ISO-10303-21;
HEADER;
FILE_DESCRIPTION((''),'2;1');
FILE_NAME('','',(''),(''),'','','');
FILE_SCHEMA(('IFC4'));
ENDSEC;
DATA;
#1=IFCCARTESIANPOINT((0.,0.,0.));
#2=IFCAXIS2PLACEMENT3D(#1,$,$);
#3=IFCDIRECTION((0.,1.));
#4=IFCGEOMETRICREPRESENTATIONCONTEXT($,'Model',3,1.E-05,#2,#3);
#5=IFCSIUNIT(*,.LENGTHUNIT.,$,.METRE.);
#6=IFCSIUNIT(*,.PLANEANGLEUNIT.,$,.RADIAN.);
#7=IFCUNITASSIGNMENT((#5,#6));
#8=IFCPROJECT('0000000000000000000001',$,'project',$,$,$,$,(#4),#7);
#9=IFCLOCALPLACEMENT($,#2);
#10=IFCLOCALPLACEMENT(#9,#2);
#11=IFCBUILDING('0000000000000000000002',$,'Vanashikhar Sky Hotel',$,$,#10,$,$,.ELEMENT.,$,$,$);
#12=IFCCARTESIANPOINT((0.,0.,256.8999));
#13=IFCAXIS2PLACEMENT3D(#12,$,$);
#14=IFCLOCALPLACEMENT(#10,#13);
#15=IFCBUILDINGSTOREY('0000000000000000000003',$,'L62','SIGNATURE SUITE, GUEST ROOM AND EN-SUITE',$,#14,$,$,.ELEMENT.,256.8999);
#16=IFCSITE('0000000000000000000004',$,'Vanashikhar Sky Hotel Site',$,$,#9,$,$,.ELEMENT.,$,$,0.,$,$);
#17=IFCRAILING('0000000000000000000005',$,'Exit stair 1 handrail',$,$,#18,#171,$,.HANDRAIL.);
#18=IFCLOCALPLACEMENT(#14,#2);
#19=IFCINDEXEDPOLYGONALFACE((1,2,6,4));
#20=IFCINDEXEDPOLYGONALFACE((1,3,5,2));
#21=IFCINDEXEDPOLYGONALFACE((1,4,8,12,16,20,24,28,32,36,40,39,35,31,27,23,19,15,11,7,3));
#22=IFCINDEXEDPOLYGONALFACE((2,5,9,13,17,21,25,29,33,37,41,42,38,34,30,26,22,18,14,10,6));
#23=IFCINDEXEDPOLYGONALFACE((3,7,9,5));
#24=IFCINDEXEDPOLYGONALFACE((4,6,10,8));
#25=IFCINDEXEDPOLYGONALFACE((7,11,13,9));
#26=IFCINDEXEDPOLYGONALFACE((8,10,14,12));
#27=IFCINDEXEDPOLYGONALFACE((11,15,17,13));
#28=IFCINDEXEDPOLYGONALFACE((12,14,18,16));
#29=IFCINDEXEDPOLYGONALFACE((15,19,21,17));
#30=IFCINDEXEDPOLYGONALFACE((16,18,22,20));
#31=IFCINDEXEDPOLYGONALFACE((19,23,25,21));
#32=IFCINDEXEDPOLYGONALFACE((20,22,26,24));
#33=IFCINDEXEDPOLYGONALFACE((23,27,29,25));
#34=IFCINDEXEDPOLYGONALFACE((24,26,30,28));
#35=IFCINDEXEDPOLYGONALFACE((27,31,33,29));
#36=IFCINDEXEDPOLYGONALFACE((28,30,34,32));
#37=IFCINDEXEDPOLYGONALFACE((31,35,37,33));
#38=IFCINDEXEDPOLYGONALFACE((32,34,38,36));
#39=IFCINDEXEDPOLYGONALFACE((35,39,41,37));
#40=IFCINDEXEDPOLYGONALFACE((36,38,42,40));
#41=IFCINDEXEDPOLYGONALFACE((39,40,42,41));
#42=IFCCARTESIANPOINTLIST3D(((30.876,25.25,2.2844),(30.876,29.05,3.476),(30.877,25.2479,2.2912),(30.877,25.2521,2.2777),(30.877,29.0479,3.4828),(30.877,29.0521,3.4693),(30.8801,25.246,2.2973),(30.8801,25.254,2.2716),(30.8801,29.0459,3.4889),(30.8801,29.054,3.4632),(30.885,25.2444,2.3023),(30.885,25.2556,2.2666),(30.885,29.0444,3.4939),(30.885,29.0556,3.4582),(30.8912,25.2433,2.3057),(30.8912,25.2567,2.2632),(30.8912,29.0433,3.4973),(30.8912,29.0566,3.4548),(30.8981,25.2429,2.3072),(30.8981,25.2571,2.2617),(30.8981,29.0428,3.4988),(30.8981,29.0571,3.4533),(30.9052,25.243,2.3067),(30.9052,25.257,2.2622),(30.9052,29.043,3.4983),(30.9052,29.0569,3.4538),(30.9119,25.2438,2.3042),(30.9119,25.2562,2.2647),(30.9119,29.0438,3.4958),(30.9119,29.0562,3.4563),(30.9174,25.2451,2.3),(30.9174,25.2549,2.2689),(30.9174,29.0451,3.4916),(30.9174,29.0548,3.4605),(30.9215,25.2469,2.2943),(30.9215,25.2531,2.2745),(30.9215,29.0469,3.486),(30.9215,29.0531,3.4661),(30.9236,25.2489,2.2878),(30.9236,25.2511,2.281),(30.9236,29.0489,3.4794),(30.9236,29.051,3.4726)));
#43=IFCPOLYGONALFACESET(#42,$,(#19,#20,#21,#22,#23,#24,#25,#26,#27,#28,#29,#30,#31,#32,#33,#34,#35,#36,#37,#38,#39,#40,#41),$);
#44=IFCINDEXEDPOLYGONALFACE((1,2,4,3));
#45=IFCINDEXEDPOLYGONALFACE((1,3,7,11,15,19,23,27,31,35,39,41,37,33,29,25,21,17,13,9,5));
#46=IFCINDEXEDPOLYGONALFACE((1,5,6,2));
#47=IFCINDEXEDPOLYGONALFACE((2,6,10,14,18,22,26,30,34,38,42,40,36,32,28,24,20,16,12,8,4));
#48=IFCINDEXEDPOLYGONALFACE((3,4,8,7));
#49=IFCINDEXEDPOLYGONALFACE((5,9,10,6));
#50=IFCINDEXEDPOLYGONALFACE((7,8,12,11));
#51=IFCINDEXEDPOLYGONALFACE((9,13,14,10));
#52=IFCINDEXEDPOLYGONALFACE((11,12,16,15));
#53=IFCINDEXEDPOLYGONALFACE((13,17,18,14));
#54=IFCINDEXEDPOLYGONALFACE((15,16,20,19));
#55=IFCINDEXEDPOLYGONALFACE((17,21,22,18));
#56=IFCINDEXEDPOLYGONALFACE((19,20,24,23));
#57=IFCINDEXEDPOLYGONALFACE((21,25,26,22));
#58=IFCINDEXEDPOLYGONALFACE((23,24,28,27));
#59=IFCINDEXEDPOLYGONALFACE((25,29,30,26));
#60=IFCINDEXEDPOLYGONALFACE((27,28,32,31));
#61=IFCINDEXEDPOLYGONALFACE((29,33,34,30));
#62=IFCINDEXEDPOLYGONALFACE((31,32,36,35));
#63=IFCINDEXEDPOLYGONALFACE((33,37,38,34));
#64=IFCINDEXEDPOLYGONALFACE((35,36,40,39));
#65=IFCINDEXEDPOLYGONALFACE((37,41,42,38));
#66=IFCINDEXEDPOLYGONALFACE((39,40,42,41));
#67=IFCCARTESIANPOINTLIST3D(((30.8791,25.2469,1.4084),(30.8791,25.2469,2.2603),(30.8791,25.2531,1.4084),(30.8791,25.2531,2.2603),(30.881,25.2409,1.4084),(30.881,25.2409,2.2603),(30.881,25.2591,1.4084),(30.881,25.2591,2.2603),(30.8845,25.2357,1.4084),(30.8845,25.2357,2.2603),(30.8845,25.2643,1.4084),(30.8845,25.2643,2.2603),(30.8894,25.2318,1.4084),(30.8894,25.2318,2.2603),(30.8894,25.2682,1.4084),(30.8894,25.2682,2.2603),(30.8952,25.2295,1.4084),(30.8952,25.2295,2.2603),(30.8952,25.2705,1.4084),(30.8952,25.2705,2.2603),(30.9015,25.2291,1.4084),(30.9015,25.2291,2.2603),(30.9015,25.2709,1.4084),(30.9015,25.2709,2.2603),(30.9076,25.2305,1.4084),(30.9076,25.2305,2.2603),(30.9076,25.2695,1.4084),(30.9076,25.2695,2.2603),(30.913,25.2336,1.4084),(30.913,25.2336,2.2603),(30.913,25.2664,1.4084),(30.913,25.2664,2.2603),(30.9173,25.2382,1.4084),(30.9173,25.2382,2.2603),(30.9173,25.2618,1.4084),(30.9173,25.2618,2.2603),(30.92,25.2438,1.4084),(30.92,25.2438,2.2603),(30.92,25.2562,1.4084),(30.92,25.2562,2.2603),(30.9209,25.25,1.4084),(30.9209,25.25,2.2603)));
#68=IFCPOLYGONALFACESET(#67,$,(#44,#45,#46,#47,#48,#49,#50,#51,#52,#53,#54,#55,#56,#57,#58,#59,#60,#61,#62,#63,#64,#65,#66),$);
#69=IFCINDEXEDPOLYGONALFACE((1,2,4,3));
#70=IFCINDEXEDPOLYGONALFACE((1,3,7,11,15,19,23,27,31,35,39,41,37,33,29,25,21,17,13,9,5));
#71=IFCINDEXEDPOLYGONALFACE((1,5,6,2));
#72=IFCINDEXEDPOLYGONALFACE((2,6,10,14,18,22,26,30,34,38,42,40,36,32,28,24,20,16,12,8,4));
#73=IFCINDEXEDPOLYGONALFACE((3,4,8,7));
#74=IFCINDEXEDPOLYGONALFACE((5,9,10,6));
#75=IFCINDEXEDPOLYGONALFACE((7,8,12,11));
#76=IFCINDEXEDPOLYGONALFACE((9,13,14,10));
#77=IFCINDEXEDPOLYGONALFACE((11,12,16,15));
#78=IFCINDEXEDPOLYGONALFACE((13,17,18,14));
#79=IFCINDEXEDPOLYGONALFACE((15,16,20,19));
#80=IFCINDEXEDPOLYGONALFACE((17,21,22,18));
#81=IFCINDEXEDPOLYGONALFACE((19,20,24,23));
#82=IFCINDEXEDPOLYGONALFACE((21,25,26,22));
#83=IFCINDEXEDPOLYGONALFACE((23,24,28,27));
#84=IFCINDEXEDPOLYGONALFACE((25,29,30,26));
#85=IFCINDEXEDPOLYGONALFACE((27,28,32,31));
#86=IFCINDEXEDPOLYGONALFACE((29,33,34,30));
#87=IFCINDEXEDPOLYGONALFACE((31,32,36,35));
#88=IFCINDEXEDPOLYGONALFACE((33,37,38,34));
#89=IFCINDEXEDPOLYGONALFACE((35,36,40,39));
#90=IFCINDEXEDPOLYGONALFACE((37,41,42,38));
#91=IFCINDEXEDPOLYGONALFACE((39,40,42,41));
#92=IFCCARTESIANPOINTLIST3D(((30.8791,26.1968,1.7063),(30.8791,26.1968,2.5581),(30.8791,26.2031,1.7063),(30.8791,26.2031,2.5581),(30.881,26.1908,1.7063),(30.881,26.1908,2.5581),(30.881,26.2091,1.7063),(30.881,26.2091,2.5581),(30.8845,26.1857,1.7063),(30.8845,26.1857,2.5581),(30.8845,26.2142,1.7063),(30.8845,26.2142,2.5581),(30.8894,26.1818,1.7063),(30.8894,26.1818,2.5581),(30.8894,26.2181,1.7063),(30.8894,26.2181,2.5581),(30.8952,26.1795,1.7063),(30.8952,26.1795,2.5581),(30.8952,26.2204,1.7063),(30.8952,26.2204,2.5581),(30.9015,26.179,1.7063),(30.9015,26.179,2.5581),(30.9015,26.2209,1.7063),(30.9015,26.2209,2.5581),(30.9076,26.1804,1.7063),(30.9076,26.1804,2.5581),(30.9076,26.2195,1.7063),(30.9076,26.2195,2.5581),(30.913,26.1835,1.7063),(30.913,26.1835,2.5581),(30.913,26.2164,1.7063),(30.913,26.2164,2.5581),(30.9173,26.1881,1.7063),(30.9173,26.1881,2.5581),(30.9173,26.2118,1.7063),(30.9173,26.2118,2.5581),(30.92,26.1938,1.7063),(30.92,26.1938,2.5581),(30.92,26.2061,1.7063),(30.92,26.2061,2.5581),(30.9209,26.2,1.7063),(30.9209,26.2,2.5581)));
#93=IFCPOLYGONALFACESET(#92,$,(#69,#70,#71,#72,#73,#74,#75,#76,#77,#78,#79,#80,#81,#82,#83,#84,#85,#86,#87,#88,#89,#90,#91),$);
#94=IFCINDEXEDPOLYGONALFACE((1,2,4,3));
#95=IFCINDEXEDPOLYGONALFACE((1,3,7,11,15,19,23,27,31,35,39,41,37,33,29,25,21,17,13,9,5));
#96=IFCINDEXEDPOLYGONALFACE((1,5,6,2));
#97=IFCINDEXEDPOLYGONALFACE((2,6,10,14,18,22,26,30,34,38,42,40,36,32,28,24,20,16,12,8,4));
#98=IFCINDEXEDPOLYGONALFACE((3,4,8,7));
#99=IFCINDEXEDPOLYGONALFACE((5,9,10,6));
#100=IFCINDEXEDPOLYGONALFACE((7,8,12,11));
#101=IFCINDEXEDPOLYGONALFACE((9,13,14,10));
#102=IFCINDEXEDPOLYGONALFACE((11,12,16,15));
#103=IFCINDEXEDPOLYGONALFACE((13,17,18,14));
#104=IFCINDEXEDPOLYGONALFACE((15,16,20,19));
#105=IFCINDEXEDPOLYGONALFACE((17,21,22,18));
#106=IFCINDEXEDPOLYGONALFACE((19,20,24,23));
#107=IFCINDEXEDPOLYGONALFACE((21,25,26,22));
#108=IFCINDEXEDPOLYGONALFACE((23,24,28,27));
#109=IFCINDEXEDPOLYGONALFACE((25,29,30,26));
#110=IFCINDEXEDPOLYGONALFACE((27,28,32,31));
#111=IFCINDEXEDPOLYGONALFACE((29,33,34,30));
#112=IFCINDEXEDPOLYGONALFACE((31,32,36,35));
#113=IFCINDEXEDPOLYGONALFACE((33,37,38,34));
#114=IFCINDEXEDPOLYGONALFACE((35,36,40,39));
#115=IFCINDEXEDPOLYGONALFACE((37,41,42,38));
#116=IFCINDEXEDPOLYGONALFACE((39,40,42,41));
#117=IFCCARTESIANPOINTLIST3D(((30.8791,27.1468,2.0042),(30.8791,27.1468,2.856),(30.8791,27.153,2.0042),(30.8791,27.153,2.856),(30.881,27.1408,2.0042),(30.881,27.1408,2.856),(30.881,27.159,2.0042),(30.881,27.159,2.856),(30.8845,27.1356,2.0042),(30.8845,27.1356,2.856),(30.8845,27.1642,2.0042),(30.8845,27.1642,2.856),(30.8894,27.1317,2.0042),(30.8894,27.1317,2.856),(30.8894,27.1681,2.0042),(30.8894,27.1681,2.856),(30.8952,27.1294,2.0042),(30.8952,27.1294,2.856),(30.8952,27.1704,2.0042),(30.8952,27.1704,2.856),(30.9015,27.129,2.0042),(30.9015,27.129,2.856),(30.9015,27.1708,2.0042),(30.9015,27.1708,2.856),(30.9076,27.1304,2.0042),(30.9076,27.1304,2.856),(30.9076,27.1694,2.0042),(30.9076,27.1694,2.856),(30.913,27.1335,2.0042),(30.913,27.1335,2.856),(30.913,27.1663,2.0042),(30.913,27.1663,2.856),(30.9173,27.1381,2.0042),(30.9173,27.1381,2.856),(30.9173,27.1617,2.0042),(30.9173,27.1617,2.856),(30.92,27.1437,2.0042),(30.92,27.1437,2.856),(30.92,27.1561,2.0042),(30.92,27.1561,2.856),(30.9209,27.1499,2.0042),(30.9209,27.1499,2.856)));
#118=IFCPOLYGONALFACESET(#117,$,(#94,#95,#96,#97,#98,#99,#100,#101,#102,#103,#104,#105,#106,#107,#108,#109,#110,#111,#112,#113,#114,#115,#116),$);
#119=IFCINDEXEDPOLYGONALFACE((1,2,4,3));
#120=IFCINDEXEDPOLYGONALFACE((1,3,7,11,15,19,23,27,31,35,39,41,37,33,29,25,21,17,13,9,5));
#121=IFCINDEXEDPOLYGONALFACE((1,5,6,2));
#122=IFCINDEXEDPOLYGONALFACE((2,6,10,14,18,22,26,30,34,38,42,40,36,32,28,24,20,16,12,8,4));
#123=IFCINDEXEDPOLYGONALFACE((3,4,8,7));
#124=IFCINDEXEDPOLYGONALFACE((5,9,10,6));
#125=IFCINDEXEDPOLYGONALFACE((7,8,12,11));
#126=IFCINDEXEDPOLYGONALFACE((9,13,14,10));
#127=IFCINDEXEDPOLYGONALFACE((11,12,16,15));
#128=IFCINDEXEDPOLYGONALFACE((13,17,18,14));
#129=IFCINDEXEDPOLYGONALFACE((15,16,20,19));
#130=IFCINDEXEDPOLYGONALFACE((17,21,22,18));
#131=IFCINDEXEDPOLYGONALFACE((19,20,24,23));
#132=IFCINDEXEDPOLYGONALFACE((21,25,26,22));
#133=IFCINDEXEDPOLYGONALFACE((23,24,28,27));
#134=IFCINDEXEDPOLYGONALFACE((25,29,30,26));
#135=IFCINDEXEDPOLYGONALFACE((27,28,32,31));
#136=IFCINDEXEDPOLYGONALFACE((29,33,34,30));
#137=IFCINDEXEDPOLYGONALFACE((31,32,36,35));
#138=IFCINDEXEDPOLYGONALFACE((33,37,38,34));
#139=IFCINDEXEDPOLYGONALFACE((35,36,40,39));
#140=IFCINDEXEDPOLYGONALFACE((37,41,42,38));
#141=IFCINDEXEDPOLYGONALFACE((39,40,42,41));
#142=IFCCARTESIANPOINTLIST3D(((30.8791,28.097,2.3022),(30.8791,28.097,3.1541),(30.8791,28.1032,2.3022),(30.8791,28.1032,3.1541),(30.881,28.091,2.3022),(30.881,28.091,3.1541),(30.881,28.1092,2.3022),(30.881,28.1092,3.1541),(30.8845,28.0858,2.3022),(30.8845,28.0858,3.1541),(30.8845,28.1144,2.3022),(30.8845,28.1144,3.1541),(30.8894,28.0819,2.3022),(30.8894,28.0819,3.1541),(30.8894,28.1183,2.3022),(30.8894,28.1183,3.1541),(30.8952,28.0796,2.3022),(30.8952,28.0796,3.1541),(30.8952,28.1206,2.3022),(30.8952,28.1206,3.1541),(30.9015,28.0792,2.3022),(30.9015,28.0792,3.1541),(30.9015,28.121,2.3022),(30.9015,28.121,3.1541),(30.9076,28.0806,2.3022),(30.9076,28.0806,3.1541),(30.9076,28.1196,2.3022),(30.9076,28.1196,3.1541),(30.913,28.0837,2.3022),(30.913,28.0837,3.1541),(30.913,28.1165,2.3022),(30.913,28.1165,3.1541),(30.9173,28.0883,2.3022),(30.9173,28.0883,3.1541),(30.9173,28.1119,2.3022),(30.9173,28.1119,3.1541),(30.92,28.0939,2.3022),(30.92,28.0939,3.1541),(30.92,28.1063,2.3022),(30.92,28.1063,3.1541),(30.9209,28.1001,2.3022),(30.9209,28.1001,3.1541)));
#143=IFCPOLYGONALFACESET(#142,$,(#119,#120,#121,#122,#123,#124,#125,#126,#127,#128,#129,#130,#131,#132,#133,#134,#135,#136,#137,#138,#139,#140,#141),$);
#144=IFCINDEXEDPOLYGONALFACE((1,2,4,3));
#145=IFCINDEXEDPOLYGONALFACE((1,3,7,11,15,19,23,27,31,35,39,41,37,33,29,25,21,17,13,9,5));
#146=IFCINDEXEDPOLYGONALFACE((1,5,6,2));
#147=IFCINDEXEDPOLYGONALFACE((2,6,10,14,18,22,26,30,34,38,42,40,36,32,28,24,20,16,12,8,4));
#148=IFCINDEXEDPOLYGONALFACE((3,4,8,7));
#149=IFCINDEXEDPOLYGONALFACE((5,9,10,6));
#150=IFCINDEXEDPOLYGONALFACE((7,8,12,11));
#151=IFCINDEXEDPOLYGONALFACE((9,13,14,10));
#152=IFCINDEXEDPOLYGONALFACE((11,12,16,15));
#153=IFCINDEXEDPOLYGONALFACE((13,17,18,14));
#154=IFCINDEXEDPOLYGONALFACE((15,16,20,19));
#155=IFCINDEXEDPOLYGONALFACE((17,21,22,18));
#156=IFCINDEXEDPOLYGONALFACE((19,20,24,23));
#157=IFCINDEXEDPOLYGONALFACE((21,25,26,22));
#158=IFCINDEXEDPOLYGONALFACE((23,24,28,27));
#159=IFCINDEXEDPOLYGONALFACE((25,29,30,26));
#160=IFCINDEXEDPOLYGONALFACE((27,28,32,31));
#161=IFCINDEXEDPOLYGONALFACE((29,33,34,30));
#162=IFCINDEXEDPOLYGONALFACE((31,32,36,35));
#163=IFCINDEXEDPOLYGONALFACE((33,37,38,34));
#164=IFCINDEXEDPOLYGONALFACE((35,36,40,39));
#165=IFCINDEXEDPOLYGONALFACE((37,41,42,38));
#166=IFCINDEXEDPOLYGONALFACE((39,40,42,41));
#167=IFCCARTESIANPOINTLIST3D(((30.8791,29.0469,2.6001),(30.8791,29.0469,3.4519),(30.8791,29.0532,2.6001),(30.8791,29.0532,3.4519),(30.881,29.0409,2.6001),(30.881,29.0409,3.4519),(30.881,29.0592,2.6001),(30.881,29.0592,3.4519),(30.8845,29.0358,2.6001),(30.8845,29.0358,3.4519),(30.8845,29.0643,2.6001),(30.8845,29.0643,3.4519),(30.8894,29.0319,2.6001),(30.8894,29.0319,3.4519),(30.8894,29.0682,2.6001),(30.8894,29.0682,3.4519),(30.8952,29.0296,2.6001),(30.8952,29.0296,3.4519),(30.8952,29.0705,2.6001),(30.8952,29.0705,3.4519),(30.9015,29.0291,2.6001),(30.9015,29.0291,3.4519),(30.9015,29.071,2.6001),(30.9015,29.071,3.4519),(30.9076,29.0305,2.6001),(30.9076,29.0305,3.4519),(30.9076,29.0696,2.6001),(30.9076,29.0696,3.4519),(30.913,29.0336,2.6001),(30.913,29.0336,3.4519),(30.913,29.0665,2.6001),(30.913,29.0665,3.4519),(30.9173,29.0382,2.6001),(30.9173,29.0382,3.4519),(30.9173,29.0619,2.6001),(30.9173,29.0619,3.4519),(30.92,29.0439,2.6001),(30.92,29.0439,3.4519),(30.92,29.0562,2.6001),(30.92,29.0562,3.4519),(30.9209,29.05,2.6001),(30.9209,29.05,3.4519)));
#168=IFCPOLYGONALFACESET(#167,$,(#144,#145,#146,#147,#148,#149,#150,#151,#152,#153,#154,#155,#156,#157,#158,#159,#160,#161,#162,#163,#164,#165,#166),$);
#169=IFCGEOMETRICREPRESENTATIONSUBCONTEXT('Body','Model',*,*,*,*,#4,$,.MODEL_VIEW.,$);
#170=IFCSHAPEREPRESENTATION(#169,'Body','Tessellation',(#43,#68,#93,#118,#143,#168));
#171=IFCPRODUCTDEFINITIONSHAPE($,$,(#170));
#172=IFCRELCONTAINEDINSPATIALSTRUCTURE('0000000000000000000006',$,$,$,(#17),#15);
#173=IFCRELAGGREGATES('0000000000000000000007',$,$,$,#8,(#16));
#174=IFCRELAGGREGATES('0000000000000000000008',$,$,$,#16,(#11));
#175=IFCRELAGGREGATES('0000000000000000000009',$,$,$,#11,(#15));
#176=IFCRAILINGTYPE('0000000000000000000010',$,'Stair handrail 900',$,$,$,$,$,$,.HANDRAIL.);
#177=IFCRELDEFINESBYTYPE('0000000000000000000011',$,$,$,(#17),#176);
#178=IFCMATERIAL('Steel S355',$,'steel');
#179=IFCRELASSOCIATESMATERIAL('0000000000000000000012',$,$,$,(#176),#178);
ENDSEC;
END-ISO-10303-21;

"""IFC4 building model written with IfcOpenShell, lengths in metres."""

from ifc_helpers import new_model, si_unit, direction, frame, origin, origin_2d, place, context, subcontext, project, spatial, circle, extrude, source, transform, mapped, material, type_object, element, save


model = new_model("IFC4")

# Units and contexts
model_context = context("Model", 3, precision=1e-05, world=origin(), true_north=direction((0.0, 1.0)))
body_context = subcontext(model_context, "Body", "Model", "MODEL_VIEW")
ifc_project = project(units=[si_unit("LENGTHUNIT", "METRE"), si_unit("PLANEANGLEUNIT", "RADIAN")], contexts=[model_context])

# Site, building, storey
site_placement = place(None, origin())
site = spatial("IfcSite", under=ifc_project, at=site_placement, Name="Vanashikhar Sky Hotel Site", CompositionType="ELEMENT", RefElevation=0.0)
building_placement = place(site_placement, origin())
building = spatial("IfcBuilding", under=site, at=building_placement, Name="Vanashikhar Sky Hotel", CompositionType="ELEMENT")
storey_placement = place(building_placement, frame((0.0, 0.0, 256.8999)))
storey = spatial("IfcBuildingStorey", under=building, at=storey_placement, Name="L62", Description="SIGNATURE SUITE, GUEST ROOM AND EN-SUITE", CompositionType="ELEMENT", Elevation=256.8999)

# Railing
ifc_material_1 = material(Name="Steel S355", Category="steel")
railing_type = type_object("IfcRailingType", Name="Stair handrail 900", PredefinedType="HANDRAIL", material=ifc_material_1)
shared_shape_1 = source(origin(), body_context, "Body", "SweptSolid", [
    extrude(circle(Radius=0.0239, at=origin_2d()), frame((0.0, 0.0, 0.876), z_axis=(0.0, 0.954184, 0.299221), x_axis=(-1.0, 0.0, 0.0)), (0.0, 0.0, 1.0), 3.9824),
    extrude(circle(Radius=0.021, at=origin_2d()), origin(), (0.0, 0.0, 1.0), 0.8518),
    extrude(circle(Radius=0.021, at=origin_2d()), frame((0.0, 0.95, 0.2979)), (0.0, 0.0, 1.0), 0.8518),
    extrude(circle(Radius=0.021, at=origin_2d()), frame((0.0, 1.8999, 0.5957)), (0.0, 0.0, 1.0), 0.8518),
    extrude(circle(Radius=0.021, at=origin_2d()), frame((0.0, 2.8501, 0.8938)), (0.0, 0.0, 1.0), 0.8518),
    extrude(circle(Radius=0.021, at=origin_2d()), frame((0.0, 3.8, 1.1917)), (0.0, 0.0, 1.0), 0.8518),
])
for number, where, name in (
    (1, (30.8999, 25.25, 1.4084), "Exit stair 1 handrail"),
):
    element("IfcRailing", number, at=place(storey_placement, frame(where)), inside=storey, type_object=railing_type, Name=name, PredefinedType="HANDRAIL", context=body_context, shape_type="MappedRepresentation", body=[
        mapped(shared_shape_1, transform((0.0, 0.0, 0.0), scale=1.0)),
    ])

save(model, "model.ifc")
